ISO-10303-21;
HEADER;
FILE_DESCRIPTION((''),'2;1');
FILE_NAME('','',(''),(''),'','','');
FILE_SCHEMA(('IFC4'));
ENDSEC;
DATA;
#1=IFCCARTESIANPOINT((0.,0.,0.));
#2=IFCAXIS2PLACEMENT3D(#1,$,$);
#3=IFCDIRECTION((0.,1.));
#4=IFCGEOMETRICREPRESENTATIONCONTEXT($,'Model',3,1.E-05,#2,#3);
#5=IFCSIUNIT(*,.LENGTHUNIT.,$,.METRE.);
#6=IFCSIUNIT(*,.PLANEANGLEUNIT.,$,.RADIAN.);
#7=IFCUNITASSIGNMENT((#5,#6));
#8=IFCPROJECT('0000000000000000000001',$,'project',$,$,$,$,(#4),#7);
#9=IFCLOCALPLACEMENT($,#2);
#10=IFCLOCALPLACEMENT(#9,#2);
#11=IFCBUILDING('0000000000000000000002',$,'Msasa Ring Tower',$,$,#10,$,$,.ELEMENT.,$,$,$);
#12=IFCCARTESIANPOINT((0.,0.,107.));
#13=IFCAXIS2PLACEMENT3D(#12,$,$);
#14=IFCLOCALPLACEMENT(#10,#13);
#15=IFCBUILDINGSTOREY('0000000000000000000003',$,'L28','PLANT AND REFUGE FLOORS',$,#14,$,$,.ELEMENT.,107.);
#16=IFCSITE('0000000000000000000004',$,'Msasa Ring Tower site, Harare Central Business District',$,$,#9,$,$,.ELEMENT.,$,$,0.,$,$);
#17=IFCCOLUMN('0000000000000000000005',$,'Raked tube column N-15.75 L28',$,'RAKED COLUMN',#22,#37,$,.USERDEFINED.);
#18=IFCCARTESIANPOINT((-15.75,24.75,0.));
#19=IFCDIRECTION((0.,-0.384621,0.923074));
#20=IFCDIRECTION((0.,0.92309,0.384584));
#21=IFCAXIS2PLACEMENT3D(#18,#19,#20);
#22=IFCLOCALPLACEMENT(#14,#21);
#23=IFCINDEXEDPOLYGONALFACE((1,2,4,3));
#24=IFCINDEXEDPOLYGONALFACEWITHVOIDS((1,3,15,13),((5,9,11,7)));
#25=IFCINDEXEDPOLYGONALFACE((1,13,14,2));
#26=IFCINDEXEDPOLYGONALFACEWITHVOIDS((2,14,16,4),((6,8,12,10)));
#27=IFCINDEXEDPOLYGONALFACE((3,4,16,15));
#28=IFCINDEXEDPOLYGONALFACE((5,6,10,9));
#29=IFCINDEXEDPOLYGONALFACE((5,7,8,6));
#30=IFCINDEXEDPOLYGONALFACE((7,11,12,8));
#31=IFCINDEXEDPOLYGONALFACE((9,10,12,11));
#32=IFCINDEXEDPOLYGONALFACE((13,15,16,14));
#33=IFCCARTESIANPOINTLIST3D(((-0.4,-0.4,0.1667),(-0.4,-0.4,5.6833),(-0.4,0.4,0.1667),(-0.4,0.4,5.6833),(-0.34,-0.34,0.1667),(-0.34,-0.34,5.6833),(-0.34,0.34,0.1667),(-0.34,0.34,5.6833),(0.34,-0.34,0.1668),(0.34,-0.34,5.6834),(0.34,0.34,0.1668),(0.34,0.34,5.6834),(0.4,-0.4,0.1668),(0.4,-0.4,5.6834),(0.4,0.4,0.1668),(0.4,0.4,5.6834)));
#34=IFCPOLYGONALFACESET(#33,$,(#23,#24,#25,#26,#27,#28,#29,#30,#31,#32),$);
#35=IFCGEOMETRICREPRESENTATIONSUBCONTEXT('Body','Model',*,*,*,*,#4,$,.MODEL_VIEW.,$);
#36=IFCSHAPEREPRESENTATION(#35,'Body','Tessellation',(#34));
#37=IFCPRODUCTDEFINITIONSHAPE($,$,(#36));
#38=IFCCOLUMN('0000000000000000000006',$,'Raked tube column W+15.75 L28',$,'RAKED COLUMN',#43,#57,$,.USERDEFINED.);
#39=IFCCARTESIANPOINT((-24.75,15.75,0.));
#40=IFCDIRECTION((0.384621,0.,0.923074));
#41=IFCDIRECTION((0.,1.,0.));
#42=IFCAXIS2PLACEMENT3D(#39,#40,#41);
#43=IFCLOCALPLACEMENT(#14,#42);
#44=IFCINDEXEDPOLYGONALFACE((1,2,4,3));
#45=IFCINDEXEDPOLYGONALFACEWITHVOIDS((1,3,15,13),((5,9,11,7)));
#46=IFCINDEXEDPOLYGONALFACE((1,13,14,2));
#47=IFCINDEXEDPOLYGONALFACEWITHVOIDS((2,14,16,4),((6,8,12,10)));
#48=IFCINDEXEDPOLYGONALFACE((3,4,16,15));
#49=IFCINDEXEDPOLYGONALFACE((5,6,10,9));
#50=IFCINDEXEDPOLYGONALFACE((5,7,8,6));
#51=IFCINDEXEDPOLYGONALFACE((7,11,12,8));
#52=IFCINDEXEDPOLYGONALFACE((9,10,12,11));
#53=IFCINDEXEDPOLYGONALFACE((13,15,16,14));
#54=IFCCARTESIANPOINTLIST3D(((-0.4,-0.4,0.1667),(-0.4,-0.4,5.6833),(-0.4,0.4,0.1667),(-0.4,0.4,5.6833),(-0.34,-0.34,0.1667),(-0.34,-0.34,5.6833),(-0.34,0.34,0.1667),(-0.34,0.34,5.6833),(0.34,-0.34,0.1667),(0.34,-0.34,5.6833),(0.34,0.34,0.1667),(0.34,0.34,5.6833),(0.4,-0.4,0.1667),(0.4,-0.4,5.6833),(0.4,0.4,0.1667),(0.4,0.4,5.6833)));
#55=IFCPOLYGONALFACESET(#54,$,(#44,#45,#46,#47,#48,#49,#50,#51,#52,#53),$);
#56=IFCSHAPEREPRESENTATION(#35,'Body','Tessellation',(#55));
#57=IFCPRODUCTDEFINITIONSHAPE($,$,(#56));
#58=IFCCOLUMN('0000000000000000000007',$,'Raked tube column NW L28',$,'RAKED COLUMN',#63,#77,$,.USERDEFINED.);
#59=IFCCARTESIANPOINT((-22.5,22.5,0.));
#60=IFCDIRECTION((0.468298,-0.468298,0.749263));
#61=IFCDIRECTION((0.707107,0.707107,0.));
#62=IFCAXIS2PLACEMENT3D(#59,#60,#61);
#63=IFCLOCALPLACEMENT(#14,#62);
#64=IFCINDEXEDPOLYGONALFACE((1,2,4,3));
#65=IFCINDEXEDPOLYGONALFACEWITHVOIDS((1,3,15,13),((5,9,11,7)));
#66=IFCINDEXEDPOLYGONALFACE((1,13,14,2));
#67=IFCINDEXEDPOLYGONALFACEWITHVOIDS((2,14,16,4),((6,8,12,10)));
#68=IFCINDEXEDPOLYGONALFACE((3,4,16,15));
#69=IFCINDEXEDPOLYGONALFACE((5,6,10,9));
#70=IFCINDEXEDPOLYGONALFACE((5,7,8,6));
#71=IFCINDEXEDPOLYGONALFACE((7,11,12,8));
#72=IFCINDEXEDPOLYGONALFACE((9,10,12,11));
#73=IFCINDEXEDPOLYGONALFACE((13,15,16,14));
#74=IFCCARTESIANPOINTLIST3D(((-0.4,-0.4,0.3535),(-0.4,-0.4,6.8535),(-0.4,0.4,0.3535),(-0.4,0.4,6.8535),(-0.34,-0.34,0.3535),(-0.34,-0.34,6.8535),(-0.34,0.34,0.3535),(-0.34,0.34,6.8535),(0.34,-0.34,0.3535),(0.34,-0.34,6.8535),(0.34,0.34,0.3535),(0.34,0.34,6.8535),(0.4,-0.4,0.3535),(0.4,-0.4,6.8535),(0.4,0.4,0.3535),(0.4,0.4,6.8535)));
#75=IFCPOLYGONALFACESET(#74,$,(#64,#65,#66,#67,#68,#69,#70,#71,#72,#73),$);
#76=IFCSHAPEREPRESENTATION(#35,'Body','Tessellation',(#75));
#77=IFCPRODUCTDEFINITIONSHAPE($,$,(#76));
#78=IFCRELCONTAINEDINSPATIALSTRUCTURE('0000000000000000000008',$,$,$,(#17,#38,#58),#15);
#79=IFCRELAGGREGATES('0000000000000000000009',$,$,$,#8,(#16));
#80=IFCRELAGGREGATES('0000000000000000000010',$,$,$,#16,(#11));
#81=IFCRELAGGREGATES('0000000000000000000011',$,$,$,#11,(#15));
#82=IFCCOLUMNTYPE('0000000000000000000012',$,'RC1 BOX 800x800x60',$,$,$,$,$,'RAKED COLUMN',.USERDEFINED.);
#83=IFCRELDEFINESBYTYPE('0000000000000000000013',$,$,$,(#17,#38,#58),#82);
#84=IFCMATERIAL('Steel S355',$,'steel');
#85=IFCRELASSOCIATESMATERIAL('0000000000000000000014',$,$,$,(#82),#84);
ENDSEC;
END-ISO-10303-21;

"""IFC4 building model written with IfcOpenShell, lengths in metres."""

from ifc_helpers import new_model, si_unit, direction, frame, origin, origin_2d, place, context, subcontext, project, spatial, hollow_rectangle, extrude, clip, halfspace, material, material_profile, profile_set, type_object, element, save


model = new_model("IFC4")

# Units and contexts
model_context = context("Model", 3, precision=1e-05, world=origin(), true_north=direction((0.0, 1.0)))
body_context = subcontext(model_context, "Body", "Model", "MODEL_VIEW")
ifc_project = project(units=[si_unit("LENGTHUNIT", "METRE"), si_unit("PLANEANGLEUNIT", "RADIAN")], contexts=[model_context])

# Site, building, storey
site_placement = place(None, origin())
site = spatial("IfcSite", under=ifc_project, at=site_placement, Name="Msasa Ring Tower site, Harare Central Business District", CompositionType="ELEMENT", RefElevation=0.0)
building_placement = place(site_placement, origin())
building = spatial("IfcBuilding", under=site, at=building_placement, Name="Msasa Ring Tower", CompositionType="ELEMENT")
storey_placement = place(building_placement, frame((0.0, 0.0, 107.0)))
storey = spatial("IfcBuildingStorey", under=building, at=storey_placement, Name="L28", Description="PLANT AND REFUGE FLOORS", CompositionType="ELEMENT", Elevation=107.0)

# Columns
ifc_material_1 = material(Name="Steel S355", Category="steel")
ifc_material_profile_1 = material_profile(ifc_material_1, hollow_rectangle(XDim=0.8, YDim=0.8, WallThickness=0.0601, at=origin_2d()), Name="BOX 800x800x60")
ifc_profile_set_1 = profile_set([ifc_material_profile_1], Name="Steel S355")
column_type = type_object("IfcColumnType", Name="RC1 BOX 800x800x60", ElementType="RAKED COLUMN", PredefinedType="USERDEFINED", material=ifc_profile_set_1)
for number, where, z_axis, x_axis, name in (
    (1, (-15.75, 24.75, 0.0), (0.0, -0.384621, 0.923074), (0.0, 0.92309, 0.384584), "Raked tube column N-15.75 L28"),
    (2, (-24.75, 15.75, 0.0), (0.384621, 0.0, 0.923074), (0.0, 1.0, 0.0), "Raked tube column W+15.75 L28"),
):
    element("IfcColumn", number, at=place(storey_placement, frame(where, z_axis=z_axis, x_axis=x_axis)), inside=storey, type_object=column_type, Name=name, ObjectType="RAKED COLUMN", PredefinedType="USERDEFINED", context=body_context, shape_type="Clipping", body=[
        clip(clip(extrude(hollow_rectangle(XDim=0.8, YDim=0.8, WallThickness=0.0601, at=origin_2d()), origin(), (0.0, 0.0, 1.0), 5.8499), halfspace(frame((0.0, 0.0, 0.1667), z_axis=(0.0, 0.0, 1.0)), True)), halfspace(frame((0.0, 0.0, 5.6833), z_axis=(0.0, 0.0, -1.0)), True)),
    ])
column_placement = place(storey_placement, frame((-22.5, 22.5, 0.0), z_axis=(0.468298, -0.468298, 0.749263), x_axis=(0.707107, 0.707107, 0.0)))
element("IfcColumn", 3, at=column_placement, inside=storey, type_object=column_type, Name="Raked tube column NW L28", ObjectType="RAKED COLUMN", PredefinedType="USERDEFINED", context=body_context, shape_type="Clipping", body=[
    clip(clip(extrude(hollow_rectangle(XDim=0.8, YDim=0.8, WallThickness=0.0601, at=origin_2d()), origin(), (0.0, 0.0, 1.0), 7.207), halfspace(frame((0.0, 0.0, 0.3535), z_axis=(0.0, 0.0, 1.0)), True)), halfspace(frame((0.0, 0.0, 6.8535), z_axis=(0.0, 0.0, -1.0)), True)),
])

save(model, "model.ifc")
